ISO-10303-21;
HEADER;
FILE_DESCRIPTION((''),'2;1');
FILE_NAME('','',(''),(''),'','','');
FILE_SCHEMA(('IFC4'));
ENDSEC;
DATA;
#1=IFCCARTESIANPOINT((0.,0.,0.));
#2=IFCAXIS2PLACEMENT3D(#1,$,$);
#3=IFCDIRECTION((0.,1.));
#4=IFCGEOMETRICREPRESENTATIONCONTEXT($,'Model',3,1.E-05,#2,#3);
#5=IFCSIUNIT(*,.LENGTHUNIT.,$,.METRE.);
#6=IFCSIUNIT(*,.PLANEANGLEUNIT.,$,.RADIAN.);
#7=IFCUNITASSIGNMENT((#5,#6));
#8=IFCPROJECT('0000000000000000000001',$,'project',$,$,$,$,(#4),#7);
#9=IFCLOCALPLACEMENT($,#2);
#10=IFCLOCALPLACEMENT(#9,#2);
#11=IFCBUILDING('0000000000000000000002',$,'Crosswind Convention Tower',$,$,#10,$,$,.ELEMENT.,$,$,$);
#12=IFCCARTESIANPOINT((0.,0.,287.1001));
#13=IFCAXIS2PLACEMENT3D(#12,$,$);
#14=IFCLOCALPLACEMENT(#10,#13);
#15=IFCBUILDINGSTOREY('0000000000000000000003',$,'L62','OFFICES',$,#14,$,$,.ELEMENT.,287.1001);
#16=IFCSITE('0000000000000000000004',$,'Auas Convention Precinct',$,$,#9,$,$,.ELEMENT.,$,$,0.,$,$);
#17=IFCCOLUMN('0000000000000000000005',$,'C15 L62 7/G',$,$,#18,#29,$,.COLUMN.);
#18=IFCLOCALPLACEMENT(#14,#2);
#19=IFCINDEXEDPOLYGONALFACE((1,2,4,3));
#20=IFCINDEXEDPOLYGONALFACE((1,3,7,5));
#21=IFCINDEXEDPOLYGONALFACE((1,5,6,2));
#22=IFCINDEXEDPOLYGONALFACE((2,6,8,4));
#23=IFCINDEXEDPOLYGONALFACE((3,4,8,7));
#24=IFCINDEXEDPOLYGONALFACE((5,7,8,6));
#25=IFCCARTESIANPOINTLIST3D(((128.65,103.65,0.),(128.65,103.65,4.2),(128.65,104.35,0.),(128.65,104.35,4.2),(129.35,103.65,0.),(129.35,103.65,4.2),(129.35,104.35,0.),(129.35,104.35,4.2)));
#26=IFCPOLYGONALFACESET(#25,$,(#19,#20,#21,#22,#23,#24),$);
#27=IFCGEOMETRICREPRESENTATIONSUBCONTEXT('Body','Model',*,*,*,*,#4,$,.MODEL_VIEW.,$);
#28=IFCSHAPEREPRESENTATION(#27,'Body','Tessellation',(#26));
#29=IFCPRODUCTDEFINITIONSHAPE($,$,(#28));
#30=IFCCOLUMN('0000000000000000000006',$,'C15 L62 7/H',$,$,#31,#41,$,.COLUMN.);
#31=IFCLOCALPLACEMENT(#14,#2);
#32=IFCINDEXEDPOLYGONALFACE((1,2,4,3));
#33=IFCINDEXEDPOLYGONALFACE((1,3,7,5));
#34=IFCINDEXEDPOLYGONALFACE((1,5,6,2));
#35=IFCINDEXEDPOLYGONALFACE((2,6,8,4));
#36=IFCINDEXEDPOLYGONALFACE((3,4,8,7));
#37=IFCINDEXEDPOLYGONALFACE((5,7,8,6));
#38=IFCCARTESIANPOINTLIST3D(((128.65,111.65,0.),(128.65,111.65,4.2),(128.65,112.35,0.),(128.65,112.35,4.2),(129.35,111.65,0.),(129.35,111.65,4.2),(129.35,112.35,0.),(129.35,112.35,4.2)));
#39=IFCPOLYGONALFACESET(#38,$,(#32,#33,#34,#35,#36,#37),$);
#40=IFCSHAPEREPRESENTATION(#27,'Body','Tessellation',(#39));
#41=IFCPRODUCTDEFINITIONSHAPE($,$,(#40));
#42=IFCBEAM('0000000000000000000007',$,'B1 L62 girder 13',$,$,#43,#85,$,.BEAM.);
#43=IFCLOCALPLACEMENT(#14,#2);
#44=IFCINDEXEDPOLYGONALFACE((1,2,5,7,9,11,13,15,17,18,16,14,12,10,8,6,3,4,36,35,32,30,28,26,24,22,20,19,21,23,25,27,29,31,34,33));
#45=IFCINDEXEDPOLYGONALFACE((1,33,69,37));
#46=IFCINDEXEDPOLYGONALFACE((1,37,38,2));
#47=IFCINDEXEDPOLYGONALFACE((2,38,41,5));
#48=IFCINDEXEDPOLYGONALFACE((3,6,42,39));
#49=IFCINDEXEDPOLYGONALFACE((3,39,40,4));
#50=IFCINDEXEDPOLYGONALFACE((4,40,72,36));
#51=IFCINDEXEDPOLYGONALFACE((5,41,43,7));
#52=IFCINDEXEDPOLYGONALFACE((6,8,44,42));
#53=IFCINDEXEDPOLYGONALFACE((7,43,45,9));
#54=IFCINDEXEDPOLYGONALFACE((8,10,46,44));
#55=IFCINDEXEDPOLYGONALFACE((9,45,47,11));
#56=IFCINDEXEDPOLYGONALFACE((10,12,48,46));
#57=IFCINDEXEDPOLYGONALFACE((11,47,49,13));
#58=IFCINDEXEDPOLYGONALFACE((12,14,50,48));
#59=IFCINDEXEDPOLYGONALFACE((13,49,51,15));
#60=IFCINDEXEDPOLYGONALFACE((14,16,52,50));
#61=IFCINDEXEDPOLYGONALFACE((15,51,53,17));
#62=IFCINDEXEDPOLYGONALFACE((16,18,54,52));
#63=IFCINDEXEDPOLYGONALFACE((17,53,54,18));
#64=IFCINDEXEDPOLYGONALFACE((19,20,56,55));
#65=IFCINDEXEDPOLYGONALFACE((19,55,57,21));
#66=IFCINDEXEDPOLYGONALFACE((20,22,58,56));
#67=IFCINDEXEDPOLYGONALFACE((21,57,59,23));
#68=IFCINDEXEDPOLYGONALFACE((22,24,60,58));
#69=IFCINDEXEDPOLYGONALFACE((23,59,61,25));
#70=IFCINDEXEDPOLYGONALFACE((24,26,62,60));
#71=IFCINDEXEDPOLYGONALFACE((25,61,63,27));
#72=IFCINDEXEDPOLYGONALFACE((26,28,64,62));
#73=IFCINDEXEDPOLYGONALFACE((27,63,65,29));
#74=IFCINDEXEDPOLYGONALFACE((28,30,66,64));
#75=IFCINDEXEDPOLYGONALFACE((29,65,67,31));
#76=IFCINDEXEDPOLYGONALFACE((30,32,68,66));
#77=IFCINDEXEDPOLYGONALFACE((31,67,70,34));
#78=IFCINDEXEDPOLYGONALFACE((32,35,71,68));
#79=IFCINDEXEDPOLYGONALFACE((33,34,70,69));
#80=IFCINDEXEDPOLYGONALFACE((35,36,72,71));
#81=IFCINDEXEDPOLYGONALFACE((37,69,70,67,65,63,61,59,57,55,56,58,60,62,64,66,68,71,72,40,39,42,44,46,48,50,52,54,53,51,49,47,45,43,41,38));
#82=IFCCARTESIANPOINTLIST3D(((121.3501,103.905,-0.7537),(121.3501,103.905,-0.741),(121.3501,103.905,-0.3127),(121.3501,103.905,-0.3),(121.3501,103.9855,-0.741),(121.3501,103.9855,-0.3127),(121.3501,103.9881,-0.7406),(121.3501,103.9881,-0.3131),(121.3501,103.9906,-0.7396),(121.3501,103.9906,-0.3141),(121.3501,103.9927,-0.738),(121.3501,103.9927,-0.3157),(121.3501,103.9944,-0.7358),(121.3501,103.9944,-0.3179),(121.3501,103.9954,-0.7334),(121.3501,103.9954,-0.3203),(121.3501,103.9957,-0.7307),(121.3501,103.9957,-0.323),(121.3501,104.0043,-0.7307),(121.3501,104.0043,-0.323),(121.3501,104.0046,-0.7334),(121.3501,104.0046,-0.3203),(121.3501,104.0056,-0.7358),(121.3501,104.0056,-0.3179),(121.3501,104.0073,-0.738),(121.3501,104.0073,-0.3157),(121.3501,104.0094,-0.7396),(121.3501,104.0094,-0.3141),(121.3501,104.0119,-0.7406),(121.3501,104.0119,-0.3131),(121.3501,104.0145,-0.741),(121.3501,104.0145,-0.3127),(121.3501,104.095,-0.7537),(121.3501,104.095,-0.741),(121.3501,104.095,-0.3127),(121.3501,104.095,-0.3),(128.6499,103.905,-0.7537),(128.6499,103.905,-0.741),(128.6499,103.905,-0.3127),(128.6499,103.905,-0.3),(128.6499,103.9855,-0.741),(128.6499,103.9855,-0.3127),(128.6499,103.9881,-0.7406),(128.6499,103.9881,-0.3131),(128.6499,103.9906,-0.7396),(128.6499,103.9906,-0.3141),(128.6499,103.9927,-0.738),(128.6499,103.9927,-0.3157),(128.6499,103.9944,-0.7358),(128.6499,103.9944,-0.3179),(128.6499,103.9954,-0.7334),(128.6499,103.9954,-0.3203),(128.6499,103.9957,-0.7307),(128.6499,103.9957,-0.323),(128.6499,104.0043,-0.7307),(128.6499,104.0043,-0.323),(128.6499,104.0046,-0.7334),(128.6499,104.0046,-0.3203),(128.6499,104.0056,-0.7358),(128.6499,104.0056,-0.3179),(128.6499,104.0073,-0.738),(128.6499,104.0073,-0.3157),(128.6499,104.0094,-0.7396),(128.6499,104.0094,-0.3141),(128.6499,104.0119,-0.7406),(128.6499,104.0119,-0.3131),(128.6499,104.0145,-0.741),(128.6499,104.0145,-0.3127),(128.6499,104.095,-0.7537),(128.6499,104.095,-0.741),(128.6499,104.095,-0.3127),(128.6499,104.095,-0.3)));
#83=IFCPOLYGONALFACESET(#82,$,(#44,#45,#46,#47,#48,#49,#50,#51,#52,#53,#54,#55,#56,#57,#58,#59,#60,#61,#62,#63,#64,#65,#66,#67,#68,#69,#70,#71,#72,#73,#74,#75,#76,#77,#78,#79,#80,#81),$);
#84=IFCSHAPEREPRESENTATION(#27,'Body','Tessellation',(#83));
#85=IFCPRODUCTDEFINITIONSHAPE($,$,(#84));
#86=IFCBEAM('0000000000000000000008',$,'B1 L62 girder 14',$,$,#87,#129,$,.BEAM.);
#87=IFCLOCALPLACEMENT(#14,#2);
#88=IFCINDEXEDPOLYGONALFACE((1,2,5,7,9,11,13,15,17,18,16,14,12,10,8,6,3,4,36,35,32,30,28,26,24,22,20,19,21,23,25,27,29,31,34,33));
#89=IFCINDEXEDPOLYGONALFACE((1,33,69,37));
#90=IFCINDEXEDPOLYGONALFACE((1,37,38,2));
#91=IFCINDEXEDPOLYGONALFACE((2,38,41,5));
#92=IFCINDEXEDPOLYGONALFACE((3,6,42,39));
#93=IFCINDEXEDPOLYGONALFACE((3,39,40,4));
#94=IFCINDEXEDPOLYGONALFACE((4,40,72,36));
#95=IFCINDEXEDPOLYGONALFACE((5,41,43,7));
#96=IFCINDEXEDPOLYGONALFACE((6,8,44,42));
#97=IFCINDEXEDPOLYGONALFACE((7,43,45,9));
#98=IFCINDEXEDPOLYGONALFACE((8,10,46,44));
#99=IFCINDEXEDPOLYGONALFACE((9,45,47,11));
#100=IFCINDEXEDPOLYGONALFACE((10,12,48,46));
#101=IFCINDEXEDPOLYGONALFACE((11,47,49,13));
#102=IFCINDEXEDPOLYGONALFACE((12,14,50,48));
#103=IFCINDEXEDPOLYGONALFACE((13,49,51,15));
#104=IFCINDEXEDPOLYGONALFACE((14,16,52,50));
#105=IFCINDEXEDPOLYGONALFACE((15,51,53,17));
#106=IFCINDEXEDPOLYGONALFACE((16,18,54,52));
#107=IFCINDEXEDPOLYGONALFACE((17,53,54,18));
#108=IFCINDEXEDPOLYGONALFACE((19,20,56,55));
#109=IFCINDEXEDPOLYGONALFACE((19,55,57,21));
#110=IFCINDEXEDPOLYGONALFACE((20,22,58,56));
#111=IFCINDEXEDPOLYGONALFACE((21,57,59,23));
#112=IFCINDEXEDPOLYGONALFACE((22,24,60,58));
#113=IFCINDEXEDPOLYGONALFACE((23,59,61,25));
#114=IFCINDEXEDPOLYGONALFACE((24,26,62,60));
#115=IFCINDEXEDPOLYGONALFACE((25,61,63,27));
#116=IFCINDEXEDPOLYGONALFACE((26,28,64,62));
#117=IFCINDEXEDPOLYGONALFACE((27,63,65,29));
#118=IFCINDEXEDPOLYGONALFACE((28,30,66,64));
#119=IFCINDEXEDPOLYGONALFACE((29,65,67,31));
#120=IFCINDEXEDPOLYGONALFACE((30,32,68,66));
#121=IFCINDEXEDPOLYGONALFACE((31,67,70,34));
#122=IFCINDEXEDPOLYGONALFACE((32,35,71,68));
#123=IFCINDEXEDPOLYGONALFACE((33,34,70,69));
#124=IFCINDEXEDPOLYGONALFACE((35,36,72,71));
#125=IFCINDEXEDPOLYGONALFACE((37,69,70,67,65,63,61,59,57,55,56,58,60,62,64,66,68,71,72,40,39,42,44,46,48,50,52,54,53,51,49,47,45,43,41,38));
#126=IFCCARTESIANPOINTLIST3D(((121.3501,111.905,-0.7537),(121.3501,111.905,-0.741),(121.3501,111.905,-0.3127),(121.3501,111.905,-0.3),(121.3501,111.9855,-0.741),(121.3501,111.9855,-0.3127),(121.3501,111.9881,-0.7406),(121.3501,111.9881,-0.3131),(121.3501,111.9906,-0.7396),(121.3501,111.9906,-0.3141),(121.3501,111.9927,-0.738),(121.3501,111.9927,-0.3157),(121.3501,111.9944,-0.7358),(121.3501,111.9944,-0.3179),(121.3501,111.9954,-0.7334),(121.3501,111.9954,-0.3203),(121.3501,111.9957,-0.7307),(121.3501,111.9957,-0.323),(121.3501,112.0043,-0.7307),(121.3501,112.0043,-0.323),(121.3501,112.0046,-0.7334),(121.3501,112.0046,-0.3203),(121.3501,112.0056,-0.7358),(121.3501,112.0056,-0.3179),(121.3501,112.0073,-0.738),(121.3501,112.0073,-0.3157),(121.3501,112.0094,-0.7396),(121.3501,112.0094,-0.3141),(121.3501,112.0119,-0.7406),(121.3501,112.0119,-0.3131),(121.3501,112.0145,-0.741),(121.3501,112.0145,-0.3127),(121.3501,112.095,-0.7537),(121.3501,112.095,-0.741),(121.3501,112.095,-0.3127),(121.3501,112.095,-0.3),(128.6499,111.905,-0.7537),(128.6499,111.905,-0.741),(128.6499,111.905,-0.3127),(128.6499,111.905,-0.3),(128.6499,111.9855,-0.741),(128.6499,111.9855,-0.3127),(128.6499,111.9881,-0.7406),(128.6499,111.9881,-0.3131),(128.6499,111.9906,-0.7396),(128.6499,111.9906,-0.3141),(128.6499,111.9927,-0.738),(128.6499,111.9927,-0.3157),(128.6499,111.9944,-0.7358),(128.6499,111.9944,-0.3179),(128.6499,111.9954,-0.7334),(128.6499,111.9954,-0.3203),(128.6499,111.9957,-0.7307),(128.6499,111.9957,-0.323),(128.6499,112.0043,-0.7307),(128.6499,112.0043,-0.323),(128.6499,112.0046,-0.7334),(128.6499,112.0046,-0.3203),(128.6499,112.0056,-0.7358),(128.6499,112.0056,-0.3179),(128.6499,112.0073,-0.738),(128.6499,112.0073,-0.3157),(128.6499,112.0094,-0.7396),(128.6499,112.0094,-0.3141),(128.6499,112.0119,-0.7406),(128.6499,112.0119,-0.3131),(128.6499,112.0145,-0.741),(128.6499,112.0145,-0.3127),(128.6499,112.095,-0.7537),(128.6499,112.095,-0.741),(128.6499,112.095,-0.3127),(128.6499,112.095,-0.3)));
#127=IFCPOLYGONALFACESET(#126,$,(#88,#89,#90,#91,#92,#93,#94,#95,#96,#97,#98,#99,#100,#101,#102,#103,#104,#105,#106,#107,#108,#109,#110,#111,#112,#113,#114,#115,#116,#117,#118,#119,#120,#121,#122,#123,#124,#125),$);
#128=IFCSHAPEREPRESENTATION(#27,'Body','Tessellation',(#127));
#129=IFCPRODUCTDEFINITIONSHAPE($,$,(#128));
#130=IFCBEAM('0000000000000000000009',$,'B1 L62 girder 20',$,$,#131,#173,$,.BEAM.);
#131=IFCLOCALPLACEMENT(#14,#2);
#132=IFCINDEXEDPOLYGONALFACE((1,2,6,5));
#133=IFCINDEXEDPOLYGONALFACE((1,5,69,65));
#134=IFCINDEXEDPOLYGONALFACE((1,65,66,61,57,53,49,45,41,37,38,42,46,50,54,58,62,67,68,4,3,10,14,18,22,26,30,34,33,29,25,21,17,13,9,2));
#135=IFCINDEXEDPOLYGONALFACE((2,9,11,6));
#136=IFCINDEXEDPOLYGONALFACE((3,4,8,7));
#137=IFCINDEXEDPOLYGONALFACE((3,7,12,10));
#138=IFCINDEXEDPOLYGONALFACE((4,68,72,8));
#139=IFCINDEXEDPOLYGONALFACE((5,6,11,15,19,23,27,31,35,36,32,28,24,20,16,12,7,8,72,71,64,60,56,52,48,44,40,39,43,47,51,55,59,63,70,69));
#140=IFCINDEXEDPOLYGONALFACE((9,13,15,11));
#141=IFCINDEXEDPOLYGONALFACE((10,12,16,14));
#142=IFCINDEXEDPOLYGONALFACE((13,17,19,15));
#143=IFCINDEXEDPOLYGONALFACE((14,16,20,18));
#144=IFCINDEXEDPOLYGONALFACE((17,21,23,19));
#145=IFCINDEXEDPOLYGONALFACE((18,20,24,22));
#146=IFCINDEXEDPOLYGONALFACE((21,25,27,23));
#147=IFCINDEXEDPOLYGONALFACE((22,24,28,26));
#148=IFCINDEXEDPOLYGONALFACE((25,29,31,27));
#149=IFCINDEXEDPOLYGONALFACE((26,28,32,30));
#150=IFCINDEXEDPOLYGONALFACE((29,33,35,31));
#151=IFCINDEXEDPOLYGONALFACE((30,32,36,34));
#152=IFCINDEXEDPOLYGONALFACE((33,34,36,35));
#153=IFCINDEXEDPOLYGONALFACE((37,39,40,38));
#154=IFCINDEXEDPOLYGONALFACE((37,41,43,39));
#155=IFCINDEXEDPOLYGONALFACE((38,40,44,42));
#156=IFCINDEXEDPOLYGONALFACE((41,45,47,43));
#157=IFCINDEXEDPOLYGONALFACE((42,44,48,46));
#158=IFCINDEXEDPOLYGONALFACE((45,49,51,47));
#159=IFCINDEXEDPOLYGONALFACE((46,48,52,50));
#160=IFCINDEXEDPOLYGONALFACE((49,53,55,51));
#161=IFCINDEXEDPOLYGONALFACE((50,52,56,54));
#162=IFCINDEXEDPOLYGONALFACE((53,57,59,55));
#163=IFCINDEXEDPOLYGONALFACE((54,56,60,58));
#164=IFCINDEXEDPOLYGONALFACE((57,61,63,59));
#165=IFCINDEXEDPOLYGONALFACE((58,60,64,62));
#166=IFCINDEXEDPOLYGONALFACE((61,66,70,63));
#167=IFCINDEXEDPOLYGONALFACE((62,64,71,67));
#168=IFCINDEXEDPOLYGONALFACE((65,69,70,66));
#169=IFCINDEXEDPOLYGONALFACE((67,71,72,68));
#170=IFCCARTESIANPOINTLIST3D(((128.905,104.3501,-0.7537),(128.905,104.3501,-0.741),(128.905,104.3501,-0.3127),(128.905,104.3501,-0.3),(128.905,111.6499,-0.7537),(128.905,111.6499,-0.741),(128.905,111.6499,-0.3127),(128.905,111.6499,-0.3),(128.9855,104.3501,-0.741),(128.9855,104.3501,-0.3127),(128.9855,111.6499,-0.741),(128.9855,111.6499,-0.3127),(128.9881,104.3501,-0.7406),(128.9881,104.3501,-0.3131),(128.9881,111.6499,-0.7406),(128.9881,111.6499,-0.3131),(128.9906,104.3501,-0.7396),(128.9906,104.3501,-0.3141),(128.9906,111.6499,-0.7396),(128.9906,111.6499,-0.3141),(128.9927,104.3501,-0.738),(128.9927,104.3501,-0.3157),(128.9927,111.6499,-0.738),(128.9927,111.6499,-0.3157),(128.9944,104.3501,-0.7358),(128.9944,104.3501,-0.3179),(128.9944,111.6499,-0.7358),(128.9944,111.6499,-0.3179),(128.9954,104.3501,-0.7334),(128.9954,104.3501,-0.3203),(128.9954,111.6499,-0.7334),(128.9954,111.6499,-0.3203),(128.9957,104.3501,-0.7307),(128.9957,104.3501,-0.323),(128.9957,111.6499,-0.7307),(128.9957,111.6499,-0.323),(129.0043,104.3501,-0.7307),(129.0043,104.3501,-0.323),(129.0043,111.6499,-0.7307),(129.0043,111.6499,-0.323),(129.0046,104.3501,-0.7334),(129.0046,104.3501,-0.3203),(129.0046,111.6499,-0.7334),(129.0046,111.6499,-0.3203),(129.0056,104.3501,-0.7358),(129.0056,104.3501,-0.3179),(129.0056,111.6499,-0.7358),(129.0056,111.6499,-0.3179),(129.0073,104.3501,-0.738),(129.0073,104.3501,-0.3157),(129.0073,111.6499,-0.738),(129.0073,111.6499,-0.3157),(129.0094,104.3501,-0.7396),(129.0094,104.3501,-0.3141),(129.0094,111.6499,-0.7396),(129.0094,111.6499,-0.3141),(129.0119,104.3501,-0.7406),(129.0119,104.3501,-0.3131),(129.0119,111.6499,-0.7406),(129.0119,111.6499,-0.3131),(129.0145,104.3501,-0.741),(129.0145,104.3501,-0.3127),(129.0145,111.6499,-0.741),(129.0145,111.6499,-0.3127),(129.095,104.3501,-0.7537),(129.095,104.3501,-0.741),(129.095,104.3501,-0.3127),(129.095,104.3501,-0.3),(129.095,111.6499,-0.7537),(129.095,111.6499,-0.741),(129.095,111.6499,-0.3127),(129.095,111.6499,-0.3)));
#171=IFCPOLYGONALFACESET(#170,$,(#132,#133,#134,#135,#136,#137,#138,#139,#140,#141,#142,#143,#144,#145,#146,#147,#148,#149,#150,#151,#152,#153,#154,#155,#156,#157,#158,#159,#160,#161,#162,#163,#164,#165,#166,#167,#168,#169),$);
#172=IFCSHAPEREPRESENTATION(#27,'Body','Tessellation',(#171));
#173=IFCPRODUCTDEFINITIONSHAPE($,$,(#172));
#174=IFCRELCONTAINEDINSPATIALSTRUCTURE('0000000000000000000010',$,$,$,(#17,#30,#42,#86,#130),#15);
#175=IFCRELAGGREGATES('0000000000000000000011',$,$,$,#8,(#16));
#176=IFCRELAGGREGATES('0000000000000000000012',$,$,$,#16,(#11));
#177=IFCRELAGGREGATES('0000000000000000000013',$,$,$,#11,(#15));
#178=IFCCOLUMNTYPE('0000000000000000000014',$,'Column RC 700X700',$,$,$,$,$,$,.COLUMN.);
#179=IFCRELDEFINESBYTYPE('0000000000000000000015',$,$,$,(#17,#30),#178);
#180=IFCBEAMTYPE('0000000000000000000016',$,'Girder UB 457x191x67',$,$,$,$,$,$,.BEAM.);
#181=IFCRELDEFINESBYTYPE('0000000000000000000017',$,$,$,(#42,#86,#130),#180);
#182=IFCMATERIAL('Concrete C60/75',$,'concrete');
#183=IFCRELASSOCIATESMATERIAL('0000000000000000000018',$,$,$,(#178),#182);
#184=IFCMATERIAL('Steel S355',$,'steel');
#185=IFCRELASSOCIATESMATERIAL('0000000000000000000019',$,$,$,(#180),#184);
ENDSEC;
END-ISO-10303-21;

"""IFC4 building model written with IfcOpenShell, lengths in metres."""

from ifc_helpers import new_model, si_unit, direction, frame, origin, origin_2d, place, context, subcontext, project, spatial, rectangle, i_section, extrude, material, material_profile, profile_set, type_object, element, save


model = new_model("IFC4")

# Units and contexts
model_context = context("Model", 3, precision=1e-05, world=origin(), true_north=direction((0.0, 1.0)))
body_context = subcontext(model_context, "Body", "Model", "MODEL_VIEW")
ifc_project = project(units=[si_unit("LENGTHUNIT", "METRE"), si_unit("PLANEANGLEUNIT", "RADIAN")], contexts=[model_context])

# Site, building, storey
site_placement = place(None, origin())
site = spatial("IfcSite", under=ifc_project, at=site_placement, Name="Auas Convention Precinct", CompositionType="ELEMENT", RefElevation=0.0)
building_placement = place(site_placement, origin())
building = spatial("IfcBuilding", under=site, at=building_placement, Name="Crosswind Convention Tower", CompositionType="ELEMENT")
storey_placement = place(building_placement, frame((0.0, 0.0, 287.1001)))
storey = spatial("IfcBuildingStorey", under=building, at=storey_placement, Name="L62", Description="OFFICES", CompositionType="ELEMENT", Elevation=287.1001)

# Columns
ifc_material_1 = material(Name="Concrete C60/75", Category="concrete")
ifc_material_profile_1 = material_profile(ifc_material_1, rectangle(XDim=0.7, YDim=0.7, at=origin_2d()), Name="RC 700X700")
ifc_profile_set_1 = profile_set([ifc_material_profile_1], Name="Concrete C60/75")
column_type = type_object("IfcColumnType", Name="Column RC 700X700", PredefinedType="COLUMN", material=ifc_profile_set_1)
for number, where, z_axis, x_axis, name in (
    (1, (129.0, 104.0, 0.0), (0.0, 0.0, 1.0), (1.0, 0.0, 0.0), "C15 L62 7/G"),
    (2, (129.0, 112.0, 0.0), (0.0, 0.0, 1.0), (1.0, 0.0, 0.0), "C15 L62 7/H"),
):
    element("IfcColumn", number, at=place(storey_placement, frame(where, z_axis=z_axis, x_axis=x_axis)), inside=storey, type_object=column_type, Name=name, PredefinedType="COLUMN", context=body_context, shape_type="SweptSolid", body=[
        extrude(rectangle(XDim=0.7, YDim=0.7, at=origin_2d()), origin(), (0.0, 0.0, 1.0), 4.2),
    ])

# Beams
ifc_material_2 = material(Name="Steel S355", Category="steel")
ifc_material_profile_2 = material_profile(ifc_material_2, i_section(OverallWidth=0.1899, OverallDepth=0.4536, WebThickness=0.0085, FlangeThickness=0.0127, FilletRadius=0.0103, at=origin_2d()), Name="UB 457x191x67")
ifc_profile_set_2 = profile_set([ifc_material_profile_2], Name="Steel S355")
beam_type_1 = type_object("IfcBeamType", Name="Girder UB 457x191x67", PredefinedType="BEAM", material=ifc_profile_set_2)
for number, where, z_axis, x_axis, name in (
    (3, (121.3501, 104.0, -0.5269), (1.0, 0.0, 0.0), (0.0, 1.0, 0.0), "B1 L62 girder 13"),
    (4, (121.3501, 112.0, -0.5269), (1.0, 0.0, 0.0), (0.0, 1.0, 0.0), "B1 L62 girder 14"),
    (5, (129.0, 104.3501, -0.5269), (0.0, 1.0, 0.0), (-1.0, 0.0, 0.0), "B1 L62 girder 20"),
):
    element("IfcBeam", number, at=place(storey_placement, frame(where, z_axis=z_axis, x_axis=x_axis)), inside=storey, type_object=beam_type_1, Name=name, PredefinedType="BEAM", context=body_context, shape_type="SweptSolid", body=[
        extrude(i_section(OverallWidth=0.1899, OverallDepth=0.4536, WebThickness=0.0085, FlangeThickness=0.0127, FilletRadius=0.0103, at=origin_2d()), origin(), (0.0, 0.0, 1.0), 7.2998),
    ])

save(model, "model.ifc")
